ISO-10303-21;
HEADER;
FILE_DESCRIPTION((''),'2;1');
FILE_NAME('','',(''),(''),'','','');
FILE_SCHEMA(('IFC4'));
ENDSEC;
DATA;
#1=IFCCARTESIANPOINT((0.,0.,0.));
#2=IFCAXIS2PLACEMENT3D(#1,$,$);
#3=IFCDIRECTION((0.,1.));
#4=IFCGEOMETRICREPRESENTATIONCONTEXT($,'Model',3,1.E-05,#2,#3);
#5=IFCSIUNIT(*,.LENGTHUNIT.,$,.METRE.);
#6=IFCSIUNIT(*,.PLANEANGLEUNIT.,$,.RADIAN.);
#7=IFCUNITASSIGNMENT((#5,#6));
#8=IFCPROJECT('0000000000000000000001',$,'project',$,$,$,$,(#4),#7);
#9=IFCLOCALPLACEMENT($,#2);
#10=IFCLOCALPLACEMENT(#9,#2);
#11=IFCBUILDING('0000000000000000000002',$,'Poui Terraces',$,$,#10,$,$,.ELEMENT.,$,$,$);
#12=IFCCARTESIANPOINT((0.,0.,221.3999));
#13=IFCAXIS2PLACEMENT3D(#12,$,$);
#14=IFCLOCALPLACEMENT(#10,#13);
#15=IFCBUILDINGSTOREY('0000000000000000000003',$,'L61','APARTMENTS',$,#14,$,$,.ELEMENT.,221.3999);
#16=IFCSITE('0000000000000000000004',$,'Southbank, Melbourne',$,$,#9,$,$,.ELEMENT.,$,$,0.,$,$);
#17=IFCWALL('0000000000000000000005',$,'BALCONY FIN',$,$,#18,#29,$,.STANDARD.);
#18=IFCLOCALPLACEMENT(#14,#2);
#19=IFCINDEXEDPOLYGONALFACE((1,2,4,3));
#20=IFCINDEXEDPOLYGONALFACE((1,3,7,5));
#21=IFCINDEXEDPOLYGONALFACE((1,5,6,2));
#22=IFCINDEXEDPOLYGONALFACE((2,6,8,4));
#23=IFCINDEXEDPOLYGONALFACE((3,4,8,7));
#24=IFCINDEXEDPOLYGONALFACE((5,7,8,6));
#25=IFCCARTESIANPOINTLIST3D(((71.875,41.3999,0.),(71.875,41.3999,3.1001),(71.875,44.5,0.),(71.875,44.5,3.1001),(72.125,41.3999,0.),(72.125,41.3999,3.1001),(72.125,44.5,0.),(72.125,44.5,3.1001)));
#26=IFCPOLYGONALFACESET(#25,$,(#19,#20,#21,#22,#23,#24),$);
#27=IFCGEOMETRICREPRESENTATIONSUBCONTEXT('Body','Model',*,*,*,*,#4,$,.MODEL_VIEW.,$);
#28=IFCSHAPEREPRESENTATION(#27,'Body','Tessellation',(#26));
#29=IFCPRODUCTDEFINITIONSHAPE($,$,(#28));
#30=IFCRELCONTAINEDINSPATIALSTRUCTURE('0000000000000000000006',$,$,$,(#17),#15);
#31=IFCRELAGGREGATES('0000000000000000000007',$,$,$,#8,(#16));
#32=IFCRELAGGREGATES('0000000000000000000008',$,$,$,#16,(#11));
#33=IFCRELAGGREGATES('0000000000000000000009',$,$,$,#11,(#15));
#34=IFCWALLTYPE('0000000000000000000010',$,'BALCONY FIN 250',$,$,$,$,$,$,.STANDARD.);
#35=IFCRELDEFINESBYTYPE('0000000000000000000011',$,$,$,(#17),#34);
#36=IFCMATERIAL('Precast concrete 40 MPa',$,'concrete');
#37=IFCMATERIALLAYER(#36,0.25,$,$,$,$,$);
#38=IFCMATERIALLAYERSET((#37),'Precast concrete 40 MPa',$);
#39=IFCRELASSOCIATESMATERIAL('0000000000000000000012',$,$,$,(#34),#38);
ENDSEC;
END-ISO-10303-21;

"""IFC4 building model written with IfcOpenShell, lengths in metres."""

from ifc_helpers import new_model, si_unit, direction, frame, origin, place, context, subcontext, project, spatial, polyline, outline, extrude, source, transform, mapped, material, layer, layer_set, type_object, element, save


model = new_model("IFC4")

# Units and contexts
model_context = context("Model", 3, precision=1e-05, world=origin(), true_north=direction((0.0, 1.0)))
body_context = subcontext(model_context, "Body", "Model", "MODEL_VIEW")
ifc_project = project(units=[si_unit("LENGTHUNIT", "METRE"), si_unit("PLANEANGLEUNIT", "RADIAN")], contexts=[model_context])

# Site, building, storey
site_placement = place(None, origin())
site = spatial("IfcSite", under=ifc_project, at=site_placement, Name="Southbank, Melbourne", CompositionType="ELEMENT", RefElevation=0.0)
building_placement = place(site_placement, origin())
building = spatial("IfcBuilding", under=site, at=building_placement, Name="Poui Terraces", CompositionType="ELEMENT")
storey_placement = place(building_placement, frame((0.0, 0.0, 221.3999)))
storey = spatial("IfcBuildingStorey", under=building, at=storey_placement, Name="L61", Description="APARTMENTS", CompositionType="ELEMENT", Elevation=221.3999)

# Wall
ifc_material_1 = material(Name="Precast concrete 40 MPa", Category="concrete")
ifc_layer = layer(ifc_material_1, 0.25)
ifc_layer_set = layer_set([ifc_layer], Name="Precast concrete 40 MPa")
wall_type = type_object("IfcWallType", Name="BALCONY FIN 250", PredefinedType="STANDARD", material=ifc_layer_set)
shared_shape = source(origin(), body_context, "Body", "SweptSolid", [
    extrude(outline(polyline([(0.0, 0.0), (0.25, 0.0), (0.25, 3.1001), (0.0, 3.1001), (0.0, 0.0)])), origin(), (0.0, 0.0, 1.0), 3.1001),
])
wall_placement = place(storey_placement, frame((71.875, 41.3999, 0.0)))
element("IfcWall", 1, at=wall_placement, inside=storey, type_object=wall_type, Name="BALCONY FIN", PredefinedType="STANDARD", context=body_context, shape_type="MappedRepresentation", body=[
    mapped(shared_shape, transform((0.0, 0.0, 0.0))),
])

save(model, "model.ifc")
